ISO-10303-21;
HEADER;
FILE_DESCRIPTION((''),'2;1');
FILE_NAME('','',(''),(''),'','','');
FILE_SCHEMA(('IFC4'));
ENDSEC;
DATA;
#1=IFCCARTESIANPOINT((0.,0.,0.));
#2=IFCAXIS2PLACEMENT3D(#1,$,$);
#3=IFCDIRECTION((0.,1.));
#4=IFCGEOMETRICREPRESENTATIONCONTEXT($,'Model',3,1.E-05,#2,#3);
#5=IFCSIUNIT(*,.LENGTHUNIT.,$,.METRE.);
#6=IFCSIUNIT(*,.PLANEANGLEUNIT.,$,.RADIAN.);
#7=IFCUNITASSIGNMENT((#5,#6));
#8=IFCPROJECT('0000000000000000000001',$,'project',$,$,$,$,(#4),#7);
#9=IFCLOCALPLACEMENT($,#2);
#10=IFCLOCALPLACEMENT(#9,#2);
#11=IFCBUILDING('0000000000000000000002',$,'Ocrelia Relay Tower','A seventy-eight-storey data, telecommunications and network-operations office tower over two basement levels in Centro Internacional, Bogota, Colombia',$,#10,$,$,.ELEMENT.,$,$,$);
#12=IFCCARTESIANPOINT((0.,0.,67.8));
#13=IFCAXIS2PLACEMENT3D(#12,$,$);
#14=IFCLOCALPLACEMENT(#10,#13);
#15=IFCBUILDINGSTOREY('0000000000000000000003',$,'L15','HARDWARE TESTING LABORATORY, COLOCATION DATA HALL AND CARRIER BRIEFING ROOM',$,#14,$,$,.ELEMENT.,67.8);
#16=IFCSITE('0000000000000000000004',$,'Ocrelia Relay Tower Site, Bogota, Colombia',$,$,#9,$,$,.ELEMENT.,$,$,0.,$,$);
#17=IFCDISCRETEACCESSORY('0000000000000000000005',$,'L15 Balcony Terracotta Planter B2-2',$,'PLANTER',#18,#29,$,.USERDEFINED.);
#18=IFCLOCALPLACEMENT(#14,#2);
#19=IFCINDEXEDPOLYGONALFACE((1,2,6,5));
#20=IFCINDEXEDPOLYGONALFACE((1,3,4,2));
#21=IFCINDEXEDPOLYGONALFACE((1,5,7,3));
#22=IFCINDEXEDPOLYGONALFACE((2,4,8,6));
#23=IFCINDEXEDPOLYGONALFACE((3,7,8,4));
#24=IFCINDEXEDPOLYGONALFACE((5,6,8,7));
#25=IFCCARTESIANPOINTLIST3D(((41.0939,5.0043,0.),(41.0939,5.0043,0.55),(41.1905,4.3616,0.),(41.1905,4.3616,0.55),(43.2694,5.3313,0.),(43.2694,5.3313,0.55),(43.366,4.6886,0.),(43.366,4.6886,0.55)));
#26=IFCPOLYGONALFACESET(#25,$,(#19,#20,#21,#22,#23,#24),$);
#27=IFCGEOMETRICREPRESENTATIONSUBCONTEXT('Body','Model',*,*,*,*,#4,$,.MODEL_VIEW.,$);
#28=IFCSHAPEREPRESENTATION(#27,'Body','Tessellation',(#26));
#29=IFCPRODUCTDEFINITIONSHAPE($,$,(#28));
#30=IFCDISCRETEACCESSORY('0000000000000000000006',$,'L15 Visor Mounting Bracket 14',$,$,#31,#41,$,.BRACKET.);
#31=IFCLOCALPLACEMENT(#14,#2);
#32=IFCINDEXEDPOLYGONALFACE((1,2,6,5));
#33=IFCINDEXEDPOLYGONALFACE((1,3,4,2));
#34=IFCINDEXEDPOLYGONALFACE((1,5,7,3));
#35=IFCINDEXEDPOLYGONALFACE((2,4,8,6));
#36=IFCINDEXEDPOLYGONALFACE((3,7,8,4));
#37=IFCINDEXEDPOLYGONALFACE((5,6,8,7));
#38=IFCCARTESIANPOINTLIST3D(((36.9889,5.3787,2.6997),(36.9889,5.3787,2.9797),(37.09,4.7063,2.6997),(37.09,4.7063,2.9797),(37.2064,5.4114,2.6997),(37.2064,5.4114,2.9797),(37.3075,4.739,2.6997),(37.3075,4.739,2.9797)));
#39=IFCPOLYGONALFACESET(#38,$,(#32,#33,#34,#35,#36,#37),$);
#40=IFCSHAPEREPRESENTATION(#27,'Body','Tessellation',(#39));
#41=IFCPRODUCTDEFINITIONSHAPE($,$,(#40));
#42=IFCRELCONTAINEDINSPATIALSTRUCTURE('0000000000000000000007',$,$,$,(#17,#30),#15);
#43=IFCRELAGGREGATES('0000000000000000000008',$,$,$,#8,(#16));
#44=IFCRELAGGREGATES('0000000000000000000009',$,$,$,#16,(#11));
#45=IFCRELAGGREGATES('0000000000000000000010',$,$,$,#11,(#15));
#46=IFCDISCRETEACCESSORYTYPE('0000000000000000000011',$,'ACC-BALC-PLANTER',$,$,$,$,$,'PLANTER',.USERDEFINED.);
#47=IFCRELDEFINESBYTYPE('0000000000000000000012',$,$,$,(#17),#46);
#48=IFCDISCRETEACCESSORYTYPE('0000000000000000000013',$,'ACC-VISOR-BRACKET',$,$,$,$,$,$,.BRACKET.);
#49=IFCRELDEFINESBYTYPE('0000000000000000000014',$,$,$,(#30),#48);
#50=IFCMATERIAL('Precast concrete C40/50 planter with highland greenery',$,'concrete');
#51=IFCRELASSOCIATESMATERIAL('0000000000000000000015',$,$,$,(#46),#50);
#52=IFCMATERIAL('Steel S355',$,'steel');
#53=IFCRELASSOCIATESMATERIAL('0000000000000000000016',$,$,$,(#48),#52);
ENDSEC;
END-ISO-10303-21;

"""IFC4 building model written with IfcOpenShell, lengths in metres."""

from ifc_helpers import new_model, si_unit, direction, frame, origin, origin_2d, place, context, subcontext, project, spatial, rectangle, extrude, material, type_object, element, save


model = new_model("IFC4")

# Units and contexts
model_context = context("Model", 3, precision=1e-05, world=origin(), true_north=direction((0.0, 1.0)))
body_context = subcontext(model_context, "Body", "Model", "MODEL_VIEW")
ifc_project = project(units=[si_unit("LENGTHUNIT", "METRE"), si_unit("PLANEANGLEUNIT", "RADIAN")], contexts=[model_context])

# Site, building, storey
site_placement = place(None, origin())
site = spatial("IfcSite", under=ifc_project, at=site_placement, Name="Ocrelia Relay Tower Site, Bogota, Colombia", CompositionType="ELEMENT", RefElevation=0.0)
building_placement = place(site_placement, origin())
building = spatial("IfcBuilding", under=site, at=building_placement, Name="Ocrelia Relay Tower", Description="A seventy-eight-storey data, telecommunications and network-operations office tower over two basement levels in Centro Internacional, Bogota, Colombia", CompositionType="ELEMENT")
storey_placement = place(building_placement, frame((0.0, 0.0, 67.8)))
storey = spatial("IfcBuildingStorey", under=building, at=storey_placement, Name="L15", Description="HARDWARE TESTING LABORATORY, COLOCATION DATA HALL AND CARRIER BRIEFING ROOM", CompositionType="ELEMENT", Elevation=67.8)

# Shared definitions
ifc_material_1 = material(Name="Steel S355", Category="steel")

# Discrete accessories
ifc_material_2 = material(Name="Precast concrete C40/50 planter with highland greenery", Category="concrete")
discrete_accessory_type_1 = type_object("IfcDiscreteAccessoryType", Name="ACC-BALC-PLANTER", ElementType="PLANTER", PredefinedType="USERDEFINED", material=ifc_material_2)
for number, where, z_axis, x_axis, name in (
    (1, (42.23, 4.8464, 0.0), (0.0, 0.0, 1.0), (-0.988888, -0.148663, 0.0), "L15 Balcony Terracotta Planter B2-2"),
):
    element("IfcDiscreteAccessory", number, at=place(storey_placement, frame(where, z_axis=z_axis, x_axis=x_axis)), inside=storey, type_object=discrete_accessory_type_1, Name=name, ObjectType="PLANTER", PredefinedType="USERDEFINED", context=body_context, shape_type="SweptSolid", body=[
        extrude(rectangle(XDim=2.2, YDim=0.6499, at=origin_2d()), origin(), (0.0, 0.0, 1.0), 0.55),
    ])
discrete_accessory_type_2 = type_object("IfcDiscreteAccessoryType", Name="ACC-VISOR-BRACKET", PredefinedType="BRACKET", material=ifc_material_1)
discrete_accessory_placement = place(storey_placement, frame((37.1482, 5.0588, 2.6997), z_axis=(0.0, 0.0, 1.0), x_axis=(0.988887, 0.148671, 0.0)))
element("IfcDiscreteAccessory", 2, at=discrete_accessory_placement, inside=storey, type_object=discrete_accessory_type_2, Name="L15 Visor Mounting Bracket 14", PredefinedType="BRACKET", context=body_context, shape_type="SweptSolid", body=[
    extrude(rectangle(XDim=0.22, YDim=0.6799, at=origin_2d()), origin(), (0.0, 0.0, 1.0), 0.28),
])

save(model, "model.ifc")
